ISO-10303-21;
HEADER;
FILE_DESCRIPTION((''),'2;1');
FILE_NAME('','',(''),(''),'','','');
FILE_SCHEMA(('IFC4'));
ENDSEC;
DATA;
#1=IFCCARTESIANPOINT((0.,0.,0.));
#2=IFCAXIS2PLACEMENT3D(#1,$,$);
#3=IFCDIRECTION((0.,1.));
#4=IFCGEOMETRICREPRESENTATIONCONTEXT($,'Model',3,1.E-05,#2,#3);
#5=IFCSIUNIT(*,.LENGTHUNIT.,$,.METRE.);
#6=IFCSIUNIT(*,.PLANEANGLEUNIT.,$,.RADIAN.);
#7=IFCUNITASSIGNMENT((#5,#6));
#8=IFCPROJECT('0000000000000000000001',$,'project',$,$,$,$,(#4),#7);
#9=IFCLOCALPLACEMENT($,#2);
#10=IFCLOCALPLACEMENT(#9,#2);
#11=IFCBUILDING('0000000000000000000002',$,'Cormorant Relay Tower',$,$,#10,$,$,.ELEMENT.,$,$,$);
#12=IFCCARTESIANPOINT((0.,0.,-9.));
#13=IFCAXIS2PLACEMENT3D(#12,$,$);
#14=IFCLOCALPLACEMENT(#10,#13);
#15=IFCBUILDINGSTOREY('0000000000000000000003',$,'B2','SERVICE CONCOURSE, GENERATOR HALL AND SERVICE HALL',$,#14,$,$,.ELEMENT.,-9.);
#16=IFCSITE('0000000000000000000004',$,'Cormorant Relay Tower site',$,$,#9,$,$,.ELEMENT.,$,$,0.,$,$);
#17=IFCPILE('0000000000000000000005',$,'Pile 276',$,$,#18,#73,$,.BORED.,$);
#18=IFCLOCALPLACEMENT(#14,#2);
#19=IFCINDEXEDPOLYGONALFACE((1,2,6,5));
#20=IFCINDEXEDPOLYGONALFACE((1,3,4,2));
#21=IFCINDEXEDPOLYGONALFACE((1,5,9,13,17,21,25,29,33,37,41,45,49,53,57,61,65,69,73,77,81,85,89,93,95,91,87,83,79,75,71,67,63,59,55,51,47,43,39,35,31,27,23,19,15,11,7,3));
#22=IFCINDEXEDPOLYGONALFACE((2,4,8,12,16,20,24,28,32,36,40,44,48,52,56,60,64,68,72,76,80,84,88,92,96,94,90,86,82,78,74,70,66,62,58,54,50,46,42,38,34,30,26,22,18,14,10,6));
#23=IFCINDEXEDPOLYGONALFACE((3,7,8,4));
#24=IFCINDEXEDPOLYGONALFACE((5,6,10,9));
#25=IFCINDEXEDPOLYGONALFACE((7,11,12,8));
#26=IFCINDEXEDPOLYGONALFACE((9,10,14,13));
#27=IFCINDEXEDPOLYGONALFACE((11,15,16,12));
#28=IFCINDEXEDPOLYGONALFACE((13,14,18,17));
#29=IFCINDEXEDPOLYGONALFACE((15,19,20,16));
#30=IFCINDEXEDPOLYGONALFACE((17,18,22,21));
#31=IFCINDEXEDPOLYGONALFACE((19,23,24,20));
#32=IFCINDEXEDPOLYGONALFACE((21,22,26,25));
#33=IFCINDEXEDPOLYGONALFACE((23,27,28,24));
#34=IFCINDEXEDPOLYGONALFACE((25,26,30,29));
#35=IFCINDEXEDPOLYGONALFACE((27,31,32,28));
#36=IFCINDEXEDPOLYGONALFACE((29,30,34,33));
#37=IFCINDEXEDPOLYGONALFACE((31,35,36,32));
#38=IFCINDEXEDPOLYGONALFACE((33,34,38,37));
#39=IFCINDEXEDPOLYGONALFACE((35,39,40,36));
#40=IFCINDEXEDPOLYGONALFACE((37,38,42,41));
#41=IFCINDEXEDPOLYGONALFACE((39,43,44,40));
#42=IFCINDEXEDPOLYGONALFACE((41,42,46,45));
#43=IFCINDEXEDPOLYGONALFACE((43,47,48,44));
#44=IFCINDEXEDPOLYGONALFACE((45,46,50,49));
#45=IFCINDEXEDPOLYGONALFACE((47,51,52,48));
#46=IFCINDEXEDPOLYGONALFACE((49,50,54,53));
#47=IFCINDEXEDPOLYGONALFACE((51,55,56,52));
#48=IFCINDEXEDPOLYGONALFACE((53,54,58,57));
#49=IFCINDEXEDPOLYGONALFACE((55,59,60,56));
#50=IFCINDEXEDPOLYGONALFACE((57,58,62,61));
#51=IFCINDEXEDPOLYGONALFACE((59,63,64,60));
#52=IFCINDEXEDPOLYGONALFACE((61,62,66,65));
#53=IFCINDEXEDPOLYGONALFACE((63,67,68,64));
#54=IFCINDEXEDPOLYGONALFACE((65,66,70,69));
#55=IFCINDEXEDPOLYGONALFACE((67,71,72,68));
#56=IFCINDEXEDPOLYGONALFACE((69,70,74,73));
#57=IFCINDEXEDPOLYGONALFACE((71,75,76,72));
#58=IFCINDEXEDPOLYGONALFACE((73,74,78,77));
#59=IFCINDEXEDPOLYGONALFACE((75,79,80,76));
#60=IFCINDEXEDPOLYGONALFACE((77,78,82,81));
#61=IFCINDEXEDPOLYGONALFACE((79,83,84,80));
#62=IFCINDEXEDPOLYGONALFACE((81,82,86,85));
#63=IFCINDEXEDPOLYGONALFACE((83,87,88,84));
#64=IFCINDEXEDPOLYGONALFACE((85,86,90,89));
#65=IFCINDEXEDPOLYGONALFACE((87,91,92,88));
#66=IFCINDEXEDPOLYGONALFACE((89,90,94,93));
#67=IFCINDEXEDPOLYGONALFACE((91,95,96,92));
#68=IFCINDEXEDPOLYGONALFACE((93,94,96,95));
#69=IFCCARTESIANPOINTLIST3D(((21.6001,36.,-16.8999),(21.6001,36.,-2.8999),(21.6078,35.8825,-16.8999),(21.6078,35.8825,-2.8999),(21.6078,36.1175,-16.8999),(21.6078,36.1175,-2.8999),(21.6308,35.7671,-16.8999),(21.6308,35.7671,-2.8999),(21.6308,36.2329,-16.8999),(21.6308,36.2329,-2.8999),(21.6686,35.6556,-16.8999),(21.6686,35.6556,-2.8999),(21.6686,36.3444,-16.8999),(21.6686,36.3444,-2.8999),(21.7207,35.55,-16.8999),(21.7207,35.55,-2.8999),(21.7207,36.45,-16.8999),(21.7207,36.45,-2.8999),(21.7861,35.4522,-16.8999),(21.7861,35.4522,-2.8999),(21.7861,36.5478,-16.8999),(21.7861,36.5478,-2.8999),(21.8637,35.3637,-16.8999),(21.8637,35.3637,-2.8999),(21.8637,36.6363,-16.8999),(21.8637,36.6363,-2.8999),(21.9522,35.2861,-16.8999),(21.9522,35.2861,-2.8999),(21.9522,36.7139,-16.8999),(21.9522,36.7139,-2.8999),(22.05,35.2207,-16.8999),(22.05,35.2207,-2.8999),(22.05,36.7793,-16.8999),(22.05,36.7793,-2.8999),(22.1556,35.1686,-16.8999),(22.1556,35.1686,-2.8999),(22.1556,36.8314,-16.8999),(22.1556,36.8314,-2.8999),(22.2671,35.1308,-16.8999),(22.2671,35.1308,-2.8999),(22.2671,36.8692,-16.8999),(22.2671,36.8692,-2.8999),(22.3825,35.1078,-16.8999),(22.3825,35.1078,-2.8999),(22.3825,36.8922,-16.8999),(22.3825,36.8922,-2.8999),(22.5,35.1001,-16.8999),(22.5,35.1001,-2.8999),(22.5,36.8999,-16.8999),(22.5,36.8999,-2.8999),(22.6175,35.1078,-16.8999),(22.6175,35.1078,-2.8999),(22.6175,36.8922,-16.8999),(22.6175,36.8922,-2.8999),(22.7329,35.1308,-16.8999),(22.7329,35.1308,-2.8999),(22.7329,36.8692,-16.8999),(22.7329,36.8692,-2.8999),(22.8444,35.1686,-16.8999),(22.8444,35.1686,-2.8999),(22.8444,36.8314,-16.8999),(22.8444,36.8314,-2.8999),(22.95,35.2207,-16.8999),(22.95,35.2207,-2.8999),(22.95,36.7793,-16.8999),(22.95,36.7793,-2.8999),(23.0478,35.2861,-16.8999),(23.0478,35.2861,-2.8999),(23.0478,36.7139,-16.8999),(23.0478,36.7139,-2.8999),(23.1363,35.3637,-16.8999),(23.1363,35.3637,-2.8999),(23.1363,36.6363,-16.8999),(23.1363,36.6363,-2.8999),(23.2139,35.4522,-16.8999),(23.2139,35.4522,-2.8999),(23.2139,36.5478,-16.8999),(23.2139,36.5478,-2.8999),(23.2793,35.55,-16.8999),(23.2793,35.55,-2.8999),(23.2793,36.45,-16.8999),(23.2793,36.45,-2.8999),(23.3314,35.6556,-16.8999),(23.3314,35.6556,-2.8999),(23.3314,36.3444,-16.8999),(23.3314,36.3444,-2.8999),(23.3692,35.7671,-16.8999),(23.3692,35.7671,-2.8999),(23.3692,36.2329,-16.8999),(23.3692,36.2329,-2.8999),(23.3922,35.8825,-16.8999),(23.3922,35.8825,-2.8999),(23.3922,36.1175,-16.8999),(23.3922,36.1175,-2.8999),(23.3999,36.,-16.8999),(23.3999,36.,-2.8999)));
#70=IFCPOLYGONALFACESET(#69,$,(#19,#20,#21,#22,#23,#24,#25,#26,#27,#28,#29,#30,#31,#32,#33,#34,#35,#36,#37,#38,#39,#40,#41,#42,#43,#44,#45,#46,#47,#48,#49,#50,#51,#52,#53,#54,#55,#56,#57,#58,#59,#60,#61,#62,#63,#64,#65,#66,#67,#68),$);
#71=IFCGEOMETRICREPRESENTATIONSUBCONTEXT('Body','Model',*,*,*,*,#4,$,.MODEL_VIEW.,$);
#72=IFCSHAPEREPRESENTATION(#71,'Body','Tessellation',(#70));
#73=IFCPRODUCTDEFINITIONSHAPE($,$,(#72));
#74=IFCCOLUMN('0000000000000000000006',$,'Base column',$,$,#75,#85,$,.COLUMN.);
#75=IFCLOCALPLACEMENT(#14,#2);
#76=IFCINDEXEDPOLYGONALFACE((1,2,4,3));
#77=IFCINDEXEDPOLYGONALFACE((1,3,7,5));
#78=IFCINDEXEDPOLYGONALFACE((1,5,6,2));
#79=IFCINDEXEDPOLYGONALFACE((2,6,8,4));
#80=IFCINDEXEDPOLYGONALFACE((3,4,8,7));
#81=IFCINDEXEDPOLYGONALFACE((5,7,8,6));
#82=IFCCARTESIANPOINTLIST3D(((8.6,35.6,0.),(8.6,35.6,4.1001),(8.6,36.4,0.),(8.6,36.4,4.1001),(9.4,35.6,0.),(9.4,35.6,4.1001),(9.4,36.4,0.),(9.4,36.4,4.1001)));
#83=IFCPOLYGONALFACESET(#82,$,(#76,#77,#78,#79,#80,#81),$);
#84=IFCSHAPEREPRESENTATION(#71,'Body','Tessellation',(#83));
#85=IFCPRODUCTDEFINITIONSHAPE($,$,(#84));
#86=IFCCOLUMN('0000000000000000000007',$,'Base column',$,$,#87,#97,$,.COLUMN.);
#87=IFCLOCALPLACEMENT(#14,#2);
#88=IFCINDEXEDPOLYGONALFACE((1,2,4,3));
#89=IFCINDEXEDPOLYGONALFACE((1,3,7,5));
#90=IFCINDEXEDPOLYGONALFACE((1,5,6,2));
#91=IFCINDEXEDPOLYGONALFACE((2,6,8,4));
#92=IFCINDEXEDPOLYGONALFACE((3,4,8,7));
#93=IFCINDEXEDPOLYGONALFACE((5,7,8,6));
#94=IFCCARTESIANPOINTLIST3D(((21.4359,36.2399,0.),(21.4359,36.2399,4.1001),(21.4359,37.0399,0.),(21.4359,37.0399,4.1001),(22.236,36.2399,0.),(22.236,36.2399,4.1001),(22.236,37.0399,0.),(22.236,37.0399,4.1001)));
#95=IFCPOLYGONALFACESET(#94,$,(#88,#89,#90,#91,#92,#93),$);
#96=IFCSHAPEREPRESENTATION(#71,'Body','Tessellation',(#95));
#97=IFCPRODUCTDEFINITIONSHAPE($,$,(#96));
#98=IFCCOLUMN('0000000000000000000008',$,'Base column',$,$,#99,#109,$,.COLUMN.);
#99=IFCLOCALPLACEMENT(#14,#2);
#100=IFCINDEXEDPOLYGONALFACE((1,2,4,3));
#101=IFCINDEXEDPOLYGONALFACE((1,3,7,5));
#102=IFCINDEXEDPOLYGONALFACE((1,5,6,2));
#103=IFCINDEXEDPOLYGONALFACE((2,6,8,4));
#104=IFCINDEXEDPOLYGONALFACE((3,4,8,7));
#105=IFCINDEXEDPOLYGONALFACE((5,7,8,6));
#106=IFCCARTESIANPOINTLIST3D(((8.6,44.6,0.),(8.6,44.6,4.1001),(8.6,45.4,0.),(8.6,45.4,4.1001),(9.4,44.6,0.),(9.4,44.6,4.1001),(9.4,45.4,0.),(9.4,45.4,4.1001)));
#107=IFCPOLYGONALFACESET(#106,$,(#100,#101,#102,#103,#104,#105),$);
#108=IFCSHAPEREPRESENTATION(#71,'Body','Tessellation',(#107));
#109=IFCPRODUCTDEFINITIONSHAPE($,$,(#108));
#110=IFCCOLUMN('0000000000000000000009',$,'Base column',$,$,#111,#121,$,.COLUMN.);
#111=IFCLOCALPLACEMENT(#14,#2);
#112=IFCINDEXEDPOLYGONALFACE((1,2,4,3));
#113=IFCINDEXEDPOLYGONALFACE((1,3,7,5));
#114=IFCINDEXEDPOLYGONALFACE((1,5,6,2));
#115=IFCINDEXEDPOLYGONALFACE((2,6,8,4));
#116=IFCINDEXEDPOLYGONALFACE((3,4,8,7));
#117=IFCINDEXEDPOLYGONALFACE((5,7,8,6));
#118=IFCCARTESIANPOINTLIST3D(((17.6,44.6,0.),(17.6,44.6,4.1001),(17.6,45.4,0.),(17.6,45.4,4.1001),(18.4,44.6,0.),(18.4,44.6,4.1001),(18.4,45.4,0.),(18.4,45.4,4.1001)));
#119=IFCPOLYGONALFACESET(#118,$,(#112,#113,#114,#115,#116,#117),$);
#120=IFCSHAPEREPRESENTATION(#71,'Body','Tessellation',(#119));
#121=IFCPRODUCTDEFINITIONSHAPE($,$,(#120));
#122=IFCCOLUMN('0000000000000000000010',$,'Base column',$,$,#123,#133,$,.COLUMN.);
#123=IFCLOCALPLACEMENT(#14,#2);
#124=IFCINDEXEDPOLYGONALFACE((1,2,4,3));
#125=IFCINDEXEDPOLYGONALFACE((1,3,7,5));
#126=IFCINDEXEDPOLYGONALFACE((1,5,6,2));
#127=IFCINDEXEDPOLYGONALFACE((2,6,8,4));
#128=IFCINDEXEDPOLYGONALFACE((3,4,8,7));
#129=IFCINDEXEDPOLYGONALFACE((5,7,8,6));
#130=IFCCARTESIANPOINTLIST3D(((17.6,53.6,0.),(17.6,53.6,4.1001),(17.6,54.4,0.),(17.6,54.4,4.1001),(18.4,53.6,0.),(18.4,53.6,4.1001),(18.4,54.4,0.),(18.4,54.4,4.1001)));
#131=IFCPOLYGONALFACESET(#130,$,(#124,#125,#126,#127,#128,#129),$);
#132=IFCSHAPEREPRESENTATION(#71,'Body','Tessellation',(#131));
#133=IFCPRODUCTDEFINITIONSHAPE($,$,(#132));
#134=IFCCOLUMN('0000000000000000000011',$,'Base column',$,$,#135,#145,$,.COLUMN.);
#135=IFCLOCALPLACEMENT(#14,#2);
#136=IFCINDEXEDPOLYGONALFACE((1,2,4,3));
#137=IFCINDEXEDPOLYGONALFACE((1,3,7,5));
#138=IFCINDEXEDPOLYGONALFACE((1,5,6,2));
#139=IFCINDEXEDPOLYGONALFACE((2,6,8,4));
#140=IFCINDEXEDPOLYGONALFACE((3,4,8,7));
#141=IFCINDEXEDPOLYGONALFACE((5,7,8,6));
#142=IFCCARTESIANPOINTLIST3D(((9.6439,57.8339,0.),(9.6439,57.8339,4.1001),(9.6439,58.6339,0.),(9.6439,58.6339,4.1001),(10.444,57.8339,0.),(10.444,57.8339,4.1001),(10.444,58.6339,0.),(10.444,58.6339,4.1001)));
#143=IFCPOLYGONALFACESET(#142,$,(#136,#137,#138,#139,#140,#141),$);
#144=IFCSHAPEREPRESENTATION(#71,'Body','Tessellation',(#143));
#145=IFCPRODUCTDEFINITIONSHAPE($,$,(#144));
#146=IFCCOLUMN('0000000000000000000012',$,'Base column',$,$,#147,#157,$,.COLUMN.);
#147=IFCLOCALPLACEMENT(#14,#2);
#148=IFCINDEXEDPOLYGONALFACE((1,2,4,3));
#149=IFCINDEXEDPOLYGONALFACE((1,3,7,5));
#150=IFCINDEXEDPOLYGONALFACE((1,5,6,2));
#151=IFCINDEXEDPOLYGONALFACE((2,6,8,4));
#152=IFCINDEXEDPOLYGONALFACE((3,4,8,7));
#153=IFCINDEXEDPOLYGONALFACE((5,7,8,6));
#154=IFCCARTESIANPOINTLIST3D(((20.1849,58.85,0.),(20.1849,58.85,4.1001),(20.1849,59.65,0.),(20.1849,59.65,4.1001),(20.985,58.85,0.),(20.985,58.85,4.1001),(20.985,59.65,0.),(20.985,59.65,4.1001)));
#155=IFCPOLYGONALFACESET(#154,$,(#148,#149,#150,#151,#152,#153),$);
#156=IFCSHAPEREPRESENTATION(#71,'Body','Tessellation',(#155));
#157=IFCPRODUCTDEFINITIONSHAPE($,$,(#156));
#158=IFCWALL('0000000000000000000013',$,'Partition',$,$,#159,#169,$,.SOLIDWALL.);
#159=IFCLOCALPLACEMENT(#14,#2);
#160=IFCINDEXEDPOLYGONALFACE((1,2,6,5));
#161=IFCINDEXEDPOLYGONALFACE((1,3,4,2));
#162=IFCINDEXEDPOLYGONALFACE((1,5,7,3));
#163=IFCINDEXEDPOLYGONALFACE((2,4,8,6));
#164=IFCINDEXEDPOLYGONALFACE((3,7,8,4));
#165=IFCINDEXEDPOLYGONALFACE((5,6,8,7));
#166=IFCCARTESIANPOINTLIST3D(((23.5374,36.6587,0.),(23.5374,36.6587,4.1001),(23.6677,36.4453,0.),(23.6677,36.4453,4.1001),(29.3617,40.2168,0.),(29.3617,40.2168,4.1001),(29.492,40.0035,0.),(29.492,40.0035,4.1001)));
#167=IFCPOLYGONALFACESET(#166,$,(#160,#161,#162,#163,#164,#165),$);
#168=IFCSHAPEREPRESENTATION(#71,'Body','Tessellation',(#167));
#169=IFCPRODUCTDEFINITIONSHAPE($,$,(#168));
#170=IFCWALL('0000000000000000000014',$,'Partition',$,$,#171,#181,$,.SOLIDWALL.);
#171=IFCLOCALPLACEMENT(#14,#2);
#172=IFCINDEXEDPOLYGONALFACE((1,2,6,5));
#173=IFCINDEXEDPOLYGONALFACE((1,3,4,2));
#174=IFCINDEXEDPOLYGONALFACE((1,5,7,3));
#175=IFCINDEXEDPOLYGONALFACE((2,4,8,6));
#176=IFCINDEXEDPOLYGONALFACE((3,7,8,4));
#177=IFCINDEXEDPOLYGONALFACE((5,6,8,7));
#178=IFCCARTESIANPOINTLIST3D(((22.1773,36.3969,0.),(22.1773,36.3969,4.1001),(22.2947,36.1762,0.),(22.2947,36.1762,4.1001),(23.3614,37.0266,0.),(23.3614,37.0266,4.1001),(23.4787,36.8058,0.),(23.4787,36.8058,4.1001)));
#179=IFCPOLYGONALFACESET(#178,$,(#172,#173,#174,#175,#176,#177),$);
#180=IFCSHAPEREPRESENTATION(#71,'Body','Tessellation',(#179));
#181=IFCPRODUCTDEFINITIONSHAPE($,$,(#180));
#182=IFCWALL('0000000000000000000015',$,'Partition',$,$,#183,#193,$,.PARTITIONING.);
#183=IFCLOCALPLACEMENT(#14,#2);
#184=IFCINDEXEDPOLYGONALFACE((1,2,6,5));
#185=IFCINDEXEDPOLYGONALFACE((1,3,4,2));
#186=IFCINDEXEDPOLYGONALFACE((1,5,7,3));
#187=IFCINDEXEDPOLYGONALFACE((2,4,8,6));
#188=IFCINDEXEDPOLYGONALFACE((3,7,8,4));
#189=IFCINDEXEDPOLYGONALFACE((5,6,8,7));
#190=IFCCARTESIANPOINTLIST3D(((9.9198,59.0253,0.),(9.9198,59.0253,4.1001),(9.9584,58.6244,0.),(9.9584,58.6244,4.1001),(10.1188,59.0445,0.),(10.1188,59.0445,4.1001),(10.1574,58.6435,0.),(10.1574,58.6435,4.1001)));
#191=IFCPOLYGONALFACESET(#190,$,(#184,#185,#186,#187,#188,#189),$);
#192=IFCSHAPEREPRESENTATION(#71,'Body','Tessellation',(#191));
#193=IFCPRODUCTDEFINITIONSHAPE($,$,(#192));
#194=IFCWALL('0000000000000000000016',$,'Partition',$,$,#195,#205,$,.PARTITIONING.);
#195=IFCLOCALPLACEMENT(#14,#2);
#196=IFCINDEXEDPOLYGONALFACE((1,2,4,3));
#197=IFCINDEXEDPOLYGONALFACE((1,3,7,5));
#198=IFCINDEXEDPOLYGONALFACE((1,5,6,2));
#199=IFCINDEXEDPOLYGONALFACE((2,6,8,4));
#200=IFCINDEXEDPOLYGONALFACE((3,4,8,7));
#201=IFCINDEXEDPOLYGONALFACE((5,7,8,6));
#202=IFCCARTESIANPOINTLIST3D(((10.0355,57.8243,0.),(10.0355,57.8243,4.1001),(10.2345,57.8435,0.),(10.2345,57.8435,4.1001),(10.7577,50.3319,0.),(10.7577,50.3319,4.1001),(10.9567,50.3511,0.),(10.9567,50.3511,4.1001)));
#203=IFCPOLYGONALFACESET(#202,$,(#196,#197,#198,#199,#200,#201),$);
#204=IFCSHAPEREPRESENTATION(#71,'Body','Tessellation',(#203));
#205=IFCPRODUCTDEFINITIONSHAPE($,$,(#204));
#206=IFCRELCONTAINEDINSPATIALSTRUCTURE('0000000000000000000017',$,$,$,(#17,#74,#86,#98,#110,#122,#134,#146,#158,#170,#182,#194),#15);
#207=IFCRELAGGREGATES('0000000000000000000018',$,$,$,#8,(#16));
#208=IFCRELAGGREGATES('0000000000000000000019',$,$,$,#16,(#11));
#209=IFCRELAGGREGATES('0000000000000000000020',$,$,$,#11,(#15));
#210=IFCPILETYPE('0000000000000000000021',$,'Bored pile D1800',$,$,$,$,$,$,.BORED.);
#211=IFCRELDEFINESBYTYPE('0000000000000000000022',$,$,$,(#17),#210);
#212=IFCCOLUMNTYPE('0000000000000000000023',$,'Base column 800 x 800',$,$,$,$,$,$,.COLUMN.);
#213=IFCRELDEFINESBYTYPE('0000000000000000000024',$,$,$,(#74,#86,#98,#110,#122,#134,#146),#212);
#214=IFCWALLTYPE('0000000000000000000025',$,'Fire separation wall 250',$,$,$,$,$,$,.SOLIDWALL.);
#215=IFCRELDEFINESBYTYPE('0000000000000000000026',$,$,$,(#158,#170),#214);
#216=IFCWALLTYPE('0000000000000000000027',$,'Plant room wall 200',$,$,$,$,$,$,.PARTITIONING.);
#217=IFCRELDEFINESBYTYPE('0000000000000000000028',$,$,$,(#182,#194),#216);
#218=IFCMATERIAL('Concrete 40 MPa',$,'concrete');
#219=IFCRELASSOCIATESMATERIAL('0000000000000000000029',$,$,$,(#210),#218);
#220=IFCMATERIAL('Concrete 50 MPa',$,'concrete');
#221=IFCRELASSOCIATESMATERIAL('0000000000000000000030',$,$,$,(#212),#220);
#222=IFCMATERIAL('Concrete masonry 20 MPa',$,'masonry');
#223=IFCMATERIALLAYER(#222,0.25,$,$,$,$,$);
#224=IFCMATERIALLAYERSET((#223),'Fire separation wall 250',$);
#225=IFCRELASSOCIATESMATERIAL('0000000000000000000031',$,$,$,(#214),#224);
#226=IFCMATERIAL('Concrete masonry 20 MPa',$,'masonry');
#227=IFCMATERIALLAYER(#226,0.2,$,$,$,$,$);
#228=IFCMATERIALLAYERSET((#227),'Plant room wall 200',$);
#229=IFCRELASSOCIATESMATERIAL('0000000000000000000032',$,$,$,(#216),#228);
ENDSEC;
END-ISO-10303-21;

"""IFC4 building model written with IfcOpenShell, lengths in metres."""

from ifc_helpers import new_model, si_unit, direction, frame, frame_2d, origin, origin_2d, place, context, subcontext, project, spatial, rectangle, circle, extrude, material, layer, layer_set, material_profile, profile_set, type_object, element, save


model = new_model("IFC4")

# Units and contexts
model_context = context("Model", 3, precision=1e-05, world=origin(), true_north=direction((0.0, 1.0)))
body_context = subcontext(model_context, "Body", "Model", "MODEL_VIEW")
ifc_project = project(units=[si_unit("LENGTHUNIT", "METRE"), si_unit("PLANEANGLEUNIT", "RADIAN")], contexts=[model_context])

# Site, building, storey
site_placement = place(None, origin())
site = spatial("IfcSite", under=ifc_project, at=site_placement, Name="Cormorant Relay Tower site", CompositionType="ELEMENT", RefElevation=0.0)
building_placement = place(site_placement, origin())
building = spatial("IfcBuilding", under=site, at=building_placement, Name="Cormorant Relay Tower", CompositionType="ELEMENT")
storey_placement = place(building_placement, frame((0.0, 0.0, -9.0)))
storey = spatial("IfcBuildingStorey", under=building, at=storey_placement, Name="B2", Description="SERVICE CONCOURSE, GENERATOR HALL AND SERVICE HALL", CompositionType="ELEMENT", Elevation=-9.0)

# Pile
ifc_material_1 = material(Name="Concrete 40 MPa", Category="concrete")
ifc_material_profile_1 = material_profile(ifc_material_1, circle(Radius=0.8999, at=origin_2d()), Name="BP1800")
ifc_profile_set_1 = profile_set([ifc_material_profile_1], Name="Concrete 40 MPa")
pile_type = type_object("IfcPileType", Name="Bored pile D1800", PredefinedType="BORED", material=ifc_profile_set_1)
pile_placement = place(storey_placement, frame((22.5, 36.0, -2.8999), z_axis=(0.0, 0.0, -1.0), x_axis=(1.0, 0.0, 0.0)))
element("IfcPile", 1, at=pile_placement, inside=storey, type_object=pile_type, Name="Pile 276", PredefinedType="BORED", context=body_context, shape_type="SweptSolid", body=[
    extrude(circle(Radius=0.8999, at=origin_2d()), origin(), (0.0, 0.0, 1.0), 14.0),
])

# Columns
ifc_material_2 = material(Name="Concrete 50 MPa", Category="concrete")
ifc_material_profile_2 = material_profile(ifc_material_2, rectangle(XDim=0.8, YDim=0.8, at=origin_2d()), Name="RC 800x800")
ifc_profile_set_2 = profile_set([ifc_material_profile_2], Name="Concrete 50 MPa")
column_type = type_object("IfcColumnType", Name="Base column 800 x 800", PredefinedType="COLUMN", material=ifc_profile_set_2)
for number, where, z_axis, x_axis, name in (
    (2, (9.0, 36.0, 0.0), (0.0, 0.0, 1.0), (1.0, 0.0, 0.0), "Base column"),
    (3, (21.8359, 36.6399, 0.0), (0.0, 0.0, 1.0), (1.0, 0.0, 0.0), "Base column"),
    (4, (9.0, 45.0, 0.0), (0.0, 0.0, 1.0), (1.0, 0.0, 0.0), "Base column"),
    (5, (18.0, 45.0, 0.0), (0.0, 0.0, 1.0), (1.0, 0.0, 0.0), "Base column"),
    (6, (18.0, 54.0, 0.0), (0.0, 0.0, 1.0), (1.0, 0.0, 0.0), "Base column"),
    (7, (10.0439, 58.2339, 0.0), (0.0, 0.0, 1.0), (1.0, 0.0, 0.0), "Base column"),
    (8, (20.585, 59.25, 0.0), (0.0, 0.0, 1.0), (1.0, 0.0, 0.0), "Base column"),
):
    element("IfcColumn", number, at=place(storey_placement, frame(where, z_axis=z_axis, x_axis=x_axis)), inside=storey, type_object=column_type, Name=name, PredefinedType="COLUMN", context=body_context, shape_type="SweptSolid", body=[
        extrude(rectangle(XDim=0.8, YDim=0.8, at=origin_2d()), origin(), (0.0, 0.0, 1.0), 4.1001),
    ])

# Walls
ifc_material_3 = material(Name="Concrete masonry 20 MPa", Category="masonry")
ifc_layer_1 = layer(ifc_material_3, 0.25)
ifc_layer_set_1 = layer_set([ifc_layer_1], Name="Fire separation wall 250")
wall_type_1 = type_object("IfcWallType", Name="Fire separation wall 250", PredefinedType="SOLIDWALL", material=ifc_layer_set_1)
wall_1_placement = place(storey_placement, frame((23.6025, 36.552, 0.0), z_axis=(0.0, 0.0, 1.0), x_axis=(0.853356, 0.521328, 0.0)))
element("IfcWall", 9, at=wall_1_placement, inside=storey, type_object=wall_type_1, Name="Partition", PredefinedType="SOLIDWALL", context=body_context, shape_type="SweptSolid", body=[
    extrude(rectangle(XDim=6.8252, YDim=0.25, at=frame_2d((3.4126, 0.0))), origin(), (0.0, 0.0, 1.0), 4.1001),
])
wall_2_placement = place(storey_placement, frame((22.2361, 36.2866, 0.0), z_axis=(0.0, 0.0, 1.0), x_axis=(0.882932, 0.469501, 0.0)))
element("IfcWall", 10, at=wall_2_placement, inside=storey, type_object=wall_type_1, Name="Partition", PredefinedType="SOLIDWALL", context=body_context, shape_type="SweptSolid", body=[
    extrude(rectangle(XDim=1.3411, YDim=0.25, at=frame_2d((0.6704, 0.0))), origin(), (0.0, 0.0, 1.0), 4.1001),
])
ifc_material_4 = material(Name="Concrete masonry 20 MPa", Category="masonry")
ifc_layer_2 = layer(ifc_material_4, 0.2)
ifc_layer_set_2 = layer_set([ifc_layer_2], Name="Plant room wall 200")
wall_type_2 = type_object("IfcWallType", Name="Plant room wall 200", PredefinedType="PARTITIONING", material=ifc_layer_set_2)
wall_3_placement = place(storey_placement, frame((10.0193, 59.0349, 0.0), z_axis=(0.0, 0.0, 1.0), x_axis=(0.095782, -0.995402, 0.0)))
element("IfcWall", 11, at=wall_3_placement, inside=storey, type_object=wall_type_2, Name="Partition", PredefinedType="PARTITIONING", context=body_context, shape_type="SweptSolid", body=[
    extrude(rectangle(XDim=0.4028, YDim=0.2, at=frame_2d((0.2014, 0.0))), origin(), (0.0, 0.0, 1.0), 4.1001),
])
wall_4_placement = place(storey_placement, frame((10.135, 57.834, 0.0), z_axis=(0.0, 0.0, 1.0), x_axis=(0.095942, -0.995387, 0.0)))
element("IfcWall", 12, at=wall_4_placement, inside=storey, type_object=wall_type_2, Name="Partition", PredefinedType="PARTITIONING", context=body_context, shape_type="SweptSolid", body=[
    extrude(rectangle(XDim=7.5271, YDim=0.2, at=frame_2d((3.7637, 0.0))), origin(), (0.0, 0.0, 1.0), 4.1001),
])

save(model, "model.ifc")
